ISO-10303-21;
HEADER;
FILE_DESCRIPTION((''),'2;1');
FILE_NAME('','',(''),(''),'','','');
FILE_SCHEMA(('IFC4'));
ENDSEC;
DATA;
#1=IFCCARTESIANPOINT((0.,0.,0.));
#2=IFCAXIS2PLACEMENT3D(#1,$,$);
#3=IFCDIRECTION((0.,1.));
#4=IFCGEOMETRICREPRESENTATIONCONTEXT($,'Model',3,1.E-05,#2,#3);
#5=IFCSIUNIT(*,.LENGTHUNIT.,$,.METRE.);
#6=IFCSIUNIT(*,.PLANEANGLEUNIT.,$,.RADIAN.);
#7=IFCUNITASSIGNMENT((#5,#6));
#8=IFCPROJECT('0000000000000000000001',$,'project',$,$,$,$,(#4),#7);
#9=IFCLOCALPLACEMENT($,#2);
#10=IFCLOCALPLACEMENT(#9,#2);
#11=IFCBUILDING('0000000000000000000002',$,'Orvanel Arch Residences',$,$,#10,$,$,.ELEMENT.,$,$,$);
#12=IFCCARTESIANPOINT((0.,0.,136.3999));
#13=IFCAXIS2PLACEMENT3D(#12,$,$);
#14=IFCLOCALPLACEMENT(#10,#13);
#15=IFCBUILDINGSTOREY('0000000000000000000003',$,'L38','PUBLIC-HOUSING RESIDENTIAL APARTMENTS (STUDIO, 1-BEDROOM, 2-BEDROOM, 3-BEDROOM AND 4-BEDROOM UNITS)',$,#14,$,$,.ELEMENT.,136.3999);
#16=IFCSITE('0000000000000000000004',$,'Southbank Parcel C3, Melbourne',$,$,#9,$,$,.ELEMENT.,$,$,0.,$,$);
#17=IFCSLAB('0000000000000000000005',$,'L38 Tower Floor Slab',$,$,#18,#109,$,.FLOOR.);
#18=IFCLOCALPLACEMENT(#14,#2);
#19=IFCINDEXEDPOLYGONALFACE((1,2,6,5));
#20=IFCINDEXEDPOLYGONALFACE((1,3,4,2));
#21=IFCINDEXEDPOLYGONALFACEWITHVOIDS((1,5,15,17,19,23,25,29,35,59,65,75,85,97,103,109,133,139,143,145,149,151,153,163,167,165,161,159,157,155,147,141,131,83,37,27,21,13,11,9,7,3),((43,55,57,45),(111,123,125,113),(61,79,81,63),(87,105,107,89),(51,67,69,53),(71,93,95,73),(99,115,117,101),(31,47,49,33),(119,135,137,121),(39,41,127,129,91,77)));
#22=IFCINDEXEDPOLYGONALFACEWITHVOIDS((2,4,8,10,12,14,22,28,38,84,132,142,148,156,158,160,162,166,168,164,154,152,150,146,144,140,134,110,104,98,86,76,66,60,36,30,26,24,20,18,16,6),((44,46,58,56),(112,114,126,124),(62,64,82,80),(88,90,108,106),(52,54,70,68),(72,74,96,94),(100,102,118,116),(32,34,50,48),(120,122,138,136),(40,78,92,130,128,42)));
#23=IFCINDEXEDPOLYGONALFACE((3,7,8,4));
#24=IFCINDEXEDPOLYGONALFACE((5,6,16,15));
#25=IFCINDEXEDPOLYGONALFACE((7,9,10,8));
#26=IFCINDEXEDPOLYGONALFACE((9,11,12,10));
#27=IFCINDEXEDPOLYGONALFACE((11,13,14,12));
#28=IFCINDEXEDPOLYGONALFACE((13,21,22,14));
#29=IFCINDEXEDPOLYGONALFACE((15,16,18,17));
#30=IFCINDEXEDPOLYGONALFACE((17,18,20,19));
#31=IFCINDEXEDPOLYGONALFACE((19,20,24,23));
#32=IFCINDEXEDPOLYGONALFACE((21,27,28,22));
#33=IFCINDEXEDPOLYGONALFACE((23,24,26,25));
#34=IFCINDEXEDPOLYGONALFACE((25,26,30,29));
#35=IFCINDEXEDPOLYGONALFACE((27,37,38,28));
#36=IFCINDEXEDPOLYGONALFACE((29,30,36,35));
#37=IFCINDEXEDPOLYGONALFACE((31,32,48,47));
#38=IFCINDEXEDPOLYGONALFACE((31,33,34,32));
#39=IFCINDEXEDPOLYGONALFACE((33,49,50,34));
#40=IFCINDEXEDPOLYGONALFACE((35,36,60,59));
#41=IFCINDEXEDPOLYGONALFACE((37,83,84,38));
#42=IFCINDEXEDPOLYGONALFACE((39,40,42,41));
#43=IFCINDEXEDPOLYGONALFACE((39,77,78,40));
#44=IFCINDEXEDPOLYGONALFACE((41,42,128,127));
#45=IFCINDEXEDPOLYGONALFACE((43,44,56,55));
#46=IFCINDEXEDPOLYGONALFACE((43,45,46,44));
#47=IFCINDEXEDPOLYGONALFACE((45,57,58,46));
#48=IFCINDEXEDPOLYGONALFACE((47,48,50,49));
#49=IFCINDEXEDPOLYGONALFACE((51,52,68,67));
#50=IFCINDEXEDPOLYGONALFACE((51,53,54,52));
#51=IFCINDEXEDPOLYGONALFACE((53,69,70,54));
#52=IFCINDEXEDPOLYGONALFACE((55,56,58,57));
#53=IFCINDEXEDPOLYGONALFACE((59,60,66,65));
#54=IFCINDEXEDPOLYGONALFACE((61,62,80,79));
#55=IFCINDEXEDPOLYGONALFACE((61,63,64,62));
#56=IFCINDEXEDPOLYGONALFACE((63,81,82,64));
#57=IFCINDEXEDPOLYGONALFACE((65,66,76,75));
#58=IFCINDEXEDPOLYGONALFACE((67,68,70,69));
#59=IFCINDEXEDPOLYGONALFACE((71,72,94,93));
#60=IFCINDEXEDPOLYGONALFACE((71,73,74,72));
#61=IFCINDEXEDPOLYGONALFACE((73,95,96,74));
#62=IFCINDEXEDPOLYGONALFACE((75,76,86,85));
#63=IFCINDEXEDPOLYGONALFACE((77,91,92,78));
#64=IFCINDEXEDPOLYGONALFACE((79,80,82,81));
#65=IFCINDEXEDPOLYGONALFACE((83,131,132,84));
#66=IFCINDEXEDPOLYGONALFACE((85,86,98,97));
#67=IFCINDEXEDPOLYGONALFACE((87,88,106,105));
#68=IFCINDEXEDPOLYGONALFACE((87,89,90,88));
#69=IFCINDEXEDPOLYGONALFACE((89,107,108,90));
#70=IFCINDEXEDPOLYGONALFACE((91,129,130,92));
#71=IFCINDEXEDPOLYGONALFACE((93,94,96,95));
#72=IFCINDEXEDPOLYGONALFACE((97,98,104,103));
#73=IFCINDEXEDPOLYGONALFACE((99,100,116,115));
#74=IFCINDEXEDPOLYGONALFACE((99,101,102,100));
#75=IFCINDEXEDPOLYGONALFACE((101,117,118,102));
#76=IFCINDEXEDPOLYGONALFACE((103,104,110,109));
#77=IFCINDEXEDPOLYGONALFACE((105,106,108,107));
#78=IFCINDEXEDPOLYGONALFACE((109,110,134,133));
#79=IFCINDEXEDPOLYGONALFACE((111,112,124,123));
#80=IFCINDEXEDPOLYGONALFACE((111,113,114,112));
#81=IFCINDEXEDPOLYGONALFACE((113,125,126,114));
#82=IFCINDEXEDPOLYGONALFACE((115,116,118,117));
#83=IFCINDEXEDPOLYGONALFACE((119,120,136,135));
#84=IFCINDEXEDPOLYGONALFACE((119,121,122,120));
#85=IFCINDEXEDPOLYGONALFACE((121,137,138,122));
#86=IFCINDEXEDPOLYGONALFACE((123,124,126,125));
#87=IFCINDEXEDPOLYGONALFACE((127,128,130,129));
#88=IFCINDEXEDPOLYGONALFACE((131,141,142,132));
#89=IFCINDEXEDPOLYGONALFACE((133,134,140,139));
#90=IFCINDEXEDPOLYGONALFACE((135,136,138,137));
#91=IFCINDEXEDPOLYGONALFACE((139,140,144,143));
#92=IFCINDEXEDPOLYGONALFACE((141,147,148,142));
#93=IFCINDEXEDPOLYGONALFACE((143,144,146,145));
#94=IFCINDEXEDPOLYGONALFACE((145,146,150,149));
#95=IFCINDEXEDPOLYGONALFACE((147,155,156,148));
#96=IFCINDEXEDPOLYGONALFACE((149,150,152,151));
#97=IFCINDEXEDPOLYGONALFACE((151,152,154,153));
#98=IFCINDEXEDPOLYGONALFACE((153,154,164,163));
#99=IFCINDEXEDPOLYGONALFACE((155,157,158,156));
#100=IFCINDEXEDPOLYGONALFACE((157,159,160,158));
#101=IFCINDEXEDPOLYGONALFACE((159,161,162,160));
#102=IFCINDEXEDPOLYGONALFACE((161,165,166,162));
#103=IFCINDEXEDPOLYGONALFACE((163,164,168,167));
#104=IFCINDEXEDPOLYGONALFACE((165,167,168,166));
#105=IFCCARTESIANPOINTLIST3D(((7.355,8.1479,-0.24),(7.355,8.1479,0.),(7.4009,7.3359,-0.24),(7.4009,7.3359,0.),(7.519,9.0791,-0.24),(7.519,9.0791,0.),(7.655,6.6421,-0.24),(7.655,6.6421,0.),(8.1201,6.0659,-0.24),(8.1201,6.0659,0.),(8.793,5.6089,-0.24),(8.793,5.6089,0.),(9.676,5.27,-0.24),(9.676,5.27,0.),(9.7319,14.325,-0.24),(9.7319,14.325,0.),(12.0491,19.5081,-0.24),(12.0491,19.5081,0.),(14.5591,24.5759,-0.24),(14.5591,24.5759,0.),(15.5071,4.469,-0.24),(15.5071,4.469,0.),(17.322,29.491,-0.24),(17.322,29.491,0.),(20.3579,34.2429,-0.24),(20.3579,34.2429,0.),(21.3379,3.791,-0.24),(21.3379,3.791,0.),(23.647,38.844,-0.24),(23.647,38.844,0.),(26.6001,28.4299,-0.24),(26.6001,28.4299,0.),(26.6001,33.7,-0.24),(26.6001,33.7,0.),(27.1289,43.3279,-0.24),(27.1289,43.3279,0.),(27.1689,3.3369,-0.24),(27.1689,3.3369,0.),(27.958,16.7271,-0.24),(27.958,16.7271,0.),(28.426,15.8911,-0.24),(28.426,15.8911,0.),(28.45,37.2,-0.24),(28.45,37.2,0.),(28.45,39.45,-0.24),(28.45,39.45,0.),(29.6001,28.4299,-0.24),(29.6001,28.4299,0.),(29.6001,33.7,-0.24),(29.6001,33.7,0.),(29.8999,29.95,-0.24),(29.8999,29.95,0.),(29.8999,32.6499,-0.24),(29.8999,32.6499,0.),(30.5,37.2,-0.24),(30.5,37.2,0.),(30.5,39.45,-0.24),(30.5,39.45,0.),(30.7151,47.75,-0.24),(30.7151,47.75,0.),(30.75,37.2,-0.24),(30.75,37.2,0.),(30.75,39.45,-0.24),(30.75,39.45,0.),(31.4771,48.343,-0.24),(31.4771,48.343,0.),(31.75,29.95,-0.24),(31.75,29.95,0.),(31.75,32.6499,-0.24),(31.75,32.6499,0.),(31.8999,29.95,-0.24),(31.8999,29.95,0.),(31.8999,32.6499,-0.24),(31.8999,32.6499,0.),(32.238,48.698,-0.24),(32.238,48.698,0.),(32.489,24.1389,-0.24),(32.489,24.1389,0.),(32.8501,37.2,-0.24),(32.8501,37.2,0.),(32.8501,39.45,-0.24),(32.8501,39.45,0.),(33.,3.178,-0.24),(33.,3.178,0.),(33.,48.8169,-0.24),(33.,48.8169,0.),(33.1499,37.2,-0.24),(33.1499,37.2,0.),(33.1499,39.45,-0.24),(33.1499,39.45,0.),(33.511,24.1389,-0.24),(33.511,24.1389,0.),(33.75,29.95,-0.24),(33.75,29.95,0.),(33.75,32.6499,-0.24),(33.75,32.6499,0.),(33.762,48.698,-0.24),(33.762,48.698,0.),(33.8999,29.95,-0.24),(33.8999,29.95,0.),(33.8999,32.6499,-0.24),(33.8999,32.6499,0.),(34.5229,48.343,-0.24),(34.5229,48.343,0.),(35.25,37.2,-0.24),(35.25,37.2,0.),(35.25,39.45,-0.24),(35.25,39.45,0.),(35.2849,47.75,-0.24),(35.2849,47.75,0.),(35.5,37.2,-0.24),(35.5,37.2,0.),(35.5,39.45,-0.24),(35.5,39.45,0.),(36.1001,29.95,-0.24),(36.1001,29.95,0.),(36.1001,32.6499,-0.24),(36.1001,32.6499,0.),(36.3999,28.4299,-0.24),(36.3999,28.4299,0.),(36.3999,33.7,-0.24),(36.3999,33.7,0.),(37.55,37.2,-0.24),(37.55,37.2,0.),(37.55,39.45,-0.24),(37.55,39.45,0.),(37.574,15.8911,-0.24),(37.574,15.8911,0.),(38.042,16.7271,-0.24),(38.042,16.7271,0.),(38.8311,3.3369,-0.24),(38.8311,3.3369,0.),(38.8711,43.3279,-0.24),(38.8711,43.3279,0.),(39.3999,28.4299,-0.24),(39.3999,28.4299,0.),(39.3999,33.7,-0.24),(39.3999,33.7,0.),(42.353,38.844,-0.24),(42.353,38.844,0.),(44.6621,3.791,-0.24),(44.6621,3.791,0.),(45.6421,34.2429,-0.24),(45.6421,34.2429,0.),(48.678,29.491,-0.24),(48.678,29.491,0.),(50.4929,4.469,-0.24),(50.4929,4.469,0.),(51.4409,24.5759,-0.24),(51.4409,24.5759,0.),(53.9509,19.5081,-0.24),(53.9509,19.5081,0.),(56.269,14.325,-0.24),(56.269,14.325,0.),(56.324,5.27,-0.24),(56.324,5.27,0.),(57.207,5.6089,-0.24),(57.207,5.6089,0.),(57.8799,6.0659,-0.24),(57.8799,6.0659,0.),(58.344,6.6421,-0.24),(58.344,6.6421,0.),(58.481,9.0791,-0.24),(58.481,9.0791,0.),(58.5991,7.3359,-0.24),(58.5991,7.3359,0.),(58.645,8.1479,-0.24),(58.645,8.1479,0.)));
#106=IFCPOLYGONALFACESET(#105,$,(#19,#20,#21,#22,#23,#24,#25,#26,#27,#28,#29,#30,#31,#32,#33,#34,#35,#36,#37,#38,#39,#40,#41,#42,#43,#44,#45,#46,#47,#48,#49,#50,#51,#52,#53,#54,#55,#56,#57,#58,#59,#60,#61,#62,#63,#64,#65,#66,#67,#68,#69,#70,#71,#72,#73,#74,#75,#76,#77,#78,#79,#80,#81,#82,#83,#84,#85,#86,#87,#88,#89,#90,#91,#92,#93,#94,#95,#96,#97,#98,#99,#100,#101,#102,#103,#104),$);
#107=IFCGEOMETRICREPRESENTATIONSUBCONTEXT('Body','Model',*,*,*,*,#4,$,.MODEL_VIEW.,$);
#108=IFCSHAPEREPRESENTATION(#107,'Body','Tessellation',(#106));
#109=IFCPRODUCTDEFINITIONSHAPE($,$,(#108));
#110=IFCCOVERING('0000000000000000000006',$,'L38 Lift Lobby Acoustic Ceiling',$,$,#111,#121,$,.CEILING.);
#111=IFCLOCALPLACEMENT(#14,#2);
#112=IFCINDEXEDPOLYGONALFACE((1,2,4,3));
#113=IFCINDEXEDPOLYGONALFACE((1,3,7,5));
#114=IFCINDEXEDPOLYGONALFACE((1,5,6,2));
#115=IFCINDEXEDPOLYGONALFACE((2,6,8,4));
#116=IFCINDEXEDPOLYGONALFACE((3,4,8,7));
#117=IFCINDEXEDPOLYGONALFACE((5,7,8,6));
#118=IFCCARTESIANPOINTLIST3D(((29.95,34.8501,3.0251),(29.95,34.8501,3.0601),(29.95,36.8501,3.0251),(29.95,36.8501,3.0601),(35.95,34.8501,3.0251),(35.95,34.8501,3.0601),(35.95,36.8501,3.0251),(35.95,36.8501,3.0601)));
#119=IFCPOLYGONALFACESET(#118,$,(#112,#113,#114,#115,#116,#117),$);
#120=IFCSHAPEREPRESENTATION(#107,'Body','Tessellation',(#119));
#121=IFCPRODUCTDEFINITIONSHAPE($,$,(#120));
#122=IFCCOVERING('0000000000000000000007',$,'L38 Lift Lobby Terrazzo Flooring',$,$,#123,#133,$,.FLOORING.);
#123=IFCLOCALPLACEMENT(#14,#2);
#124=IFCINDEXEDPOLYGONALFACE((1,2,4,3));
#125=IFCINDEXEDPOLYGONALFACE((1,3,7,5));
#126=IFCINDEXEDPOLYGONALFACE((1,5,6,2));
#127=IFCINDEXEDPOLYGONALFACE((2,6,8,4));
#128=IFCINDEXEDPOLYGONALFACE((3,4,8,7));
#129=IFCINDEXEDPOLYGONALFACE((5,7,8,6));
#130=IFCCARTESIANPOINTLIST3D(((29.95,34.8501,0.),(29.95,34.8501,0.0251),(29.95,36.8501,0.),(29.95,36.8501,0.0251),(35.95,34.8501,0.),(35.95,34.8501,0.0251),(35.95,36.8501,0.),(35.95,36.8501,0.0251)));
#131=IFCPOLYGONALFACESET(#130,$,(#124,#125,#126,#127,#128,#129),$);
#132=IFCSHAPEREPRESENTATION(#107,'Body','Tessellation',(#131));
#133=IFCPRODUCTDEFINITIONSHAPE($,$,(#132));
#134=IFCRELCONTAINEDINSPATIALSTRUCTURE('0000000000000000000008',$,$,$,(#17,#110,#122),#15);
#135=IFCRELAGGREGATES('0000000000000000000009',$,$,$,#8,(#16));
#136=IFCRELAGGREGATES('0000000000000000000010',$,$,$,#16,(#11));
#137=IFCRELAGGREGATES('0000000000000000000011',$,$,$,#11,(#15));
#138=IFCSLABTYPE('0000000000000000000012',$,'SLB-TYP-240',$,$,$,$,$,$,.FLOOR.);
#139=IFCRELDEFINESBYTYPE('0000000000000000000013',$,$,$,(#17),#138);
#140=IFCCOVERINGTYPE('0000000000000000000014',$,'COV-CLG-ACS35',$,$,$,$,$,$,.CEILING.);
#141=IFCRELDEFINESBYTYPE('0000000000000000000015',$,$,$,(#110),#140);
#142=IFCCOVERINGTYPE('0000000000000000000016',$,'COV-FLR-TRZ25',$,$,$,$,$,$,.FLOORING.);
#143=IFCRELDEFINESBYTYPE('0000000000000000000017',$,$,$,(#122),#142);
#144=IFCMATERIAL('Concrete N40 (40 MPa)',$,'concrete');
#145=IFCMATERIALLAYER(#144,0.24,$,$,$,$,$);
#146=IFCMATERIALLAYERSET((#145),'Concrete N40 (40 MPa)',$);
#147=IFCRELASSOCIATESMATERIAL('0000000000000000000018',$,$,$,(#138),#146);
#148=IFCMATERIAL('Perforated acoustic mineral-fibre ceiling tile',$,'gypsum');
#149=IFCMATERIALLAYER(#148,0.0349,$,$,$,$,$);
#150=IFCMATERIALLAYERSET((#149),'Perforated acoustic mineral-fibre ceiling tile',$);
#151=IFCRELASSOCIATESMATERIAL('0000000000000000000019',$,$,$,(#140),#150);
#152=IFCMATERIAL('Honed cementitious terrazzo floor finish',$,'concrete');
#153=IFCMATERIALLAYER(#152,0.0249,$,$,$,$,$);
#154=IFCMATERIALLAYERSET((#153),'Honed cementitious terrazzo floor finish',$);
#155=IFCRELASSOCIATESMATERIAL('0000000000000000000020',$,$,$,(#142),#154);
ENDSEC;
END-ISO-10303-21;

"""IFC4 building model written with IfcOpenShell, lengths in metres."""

from ifc_helpers import new_model, si_unit, direction, frame, origin, place, context, subcontext, project, spatial, polyline, outline, extrude, material, layer, layer_set, type_object, element, save


model = new_model("IFC4")

# Units and contexts
model_context = context("Model", 3, precision=1e-05, world=origin(), true_north=direction((0.0, 1.0)))
body_context = subcontext(model_context, "Body", "Model", "MODEL_VIEW")
ifc_project = project(units=[si_unit("LENGTHUNIT", "METRE"), si_unit("PLANEANGLEUNIT", "RADIAN")], contexts=[model_context])

# Site, building, storey
site_placement = place(None, origin())
site = spatial("IfcSite", under=ifc_project, at=site_placement, Name="Southbank Parcel C3, Melbourne", CompositionType="ELEMENT", RefElevation=0.0)
building_placement = place(site_placement, origin())
building = spatial("IfcBuilding", under=site, at=building_placement, Name="Orvanel Arch Residences", CompositionType="ELEMENT")
storey_placement = place(building_placement, frame((0.0, 0.0, 136.3999)))
storey = spatial("IfcBuildingStorey", under=building, at=storey_placement, Name="L38", Description="PUBLIC-HOUSING RESIDENTIAL APARTMENTS (STUDIO, 1-BEDROOM, 2-BEDROOM, 3-BEDROOM AND 4-BEDROOM UNITS)", CompositionType="ELEMENT", Elevation=136.3999)

# Shared definitions
ifc_material_1 = material(Name="Concrete N40 (40 MPa)", Category="concrete")

# Slab
ifc_layer_1 = layer(ifc_material_1, 0.24)
ifc_layer_set_1 = layer_set([ifc_layer_1], Name="Concrete N40 (40 MPa)")
slab_type_1 = type_object("IfcSlabType", Name="SLB-TYP-240", PredefinedType="FLOOR", material=ifc_layer_set_1)
slab_1_placement = place(storey_placement, frame((0.0, 0.0, -0.24)))
element("IfcSlab", 1, at=slab_1_placement, inside=storey, type_object=slab_type_1, Name="L38 Tower Floor Slab", PredefinedType="FLOOR", context=body_context, shape_type="SweptSolid", body=[
    extrude(outline(polyline([(35.2849, 47.75), (34.5229, 48.343), (33.762, 48.698), (33.0, 48.8169), (32.238, 48.698), (31.4771, 48.343), (30.7151, 47.75), (27.1289, 43.3279), (23.647, 38.844), (20.3579, 34.2429), (17.322, 29.491), (14.5591, 24.5759), (12.0491, 19.5081), (9.7319, 14.325), (7.519, 9.0791), (7.355, 8.1479), (7.4009, 7.3359), (7.655, 6.6421), (8.1201, 6.0659), (8.793, 5.6089), (9.676, 5.27), (15.5071, 4.469), (21.3379, 3.791), (27.1689, 3.3369), (33.0, 3.178), (38.8311, 3.3369), (44.6621, 3.791), (50.4929, 4.469), (56.324, 5.27), (57.207, 5.6089), (57.8799, 6.0659), (58.344, 6.6421), (58.5991, 7.3359), (58.645, 8.1479), (58.481, 9.0791), (56.269, 14.325), (53.9509, 19.5081), (51.4409, 24.5759), (48.678, 29.491), (45.6421, 34.2429), (42.353, 38.844), (38.8711, 43.3279), (35.2849, 47.75)]), holes=[polyline([(26.6001, 28.4299), (26.6001, 33.7), (29.6001, 33.7), (29.6001, 28.4299), (26.6001, 28.4299)]), polyline([(36.3999, 28.4299), (36.3999, 33.7), (39.3999, 33.7), (39.3999, 28.4299), (36.3999, 28.4299)]), polyline([(29.8999, 32.6499), (31.75, 32.6499), (31.75, 29.95), (29.8999, 29.95), (29.8999, 32.6499)]), polyline([(31.8999, 32.6499), (33.75, 32.6499), (33.75, 29.95), (31.8999, 29.95), (31.8999, 32.6499)]), polyline([(33.8999, 32.6499), (36.1001, 32.6499), (36.1001, 29.95), (33.8999, 29.95), (33.8999, 32.6499)]), polyline([(28.45, 39.45), (30.5, 39.45), (30.5, 37.2), (28.45, 37.2), (28.45, 39.45)]), polyline([(35.5, 39.45), (37.55, 39.45), (37.55, 37.2), (35.5, 37.2), (35.5, 39.45)]), polyline([(30.75, 39.45), (32.8501, 39.45), (32.8501, 37.2), (30.75, 37.2), (30.75, 39.45)]), polyline([(33.1499, 39.45), (35.25, 39.45), (35.25, 37.2), (33.1499, 37.2), (33.1499, 39.45)]), polyline([(38.042, 16.7271), (37.574, 15.8911), (28.426, 15.8911), (27.958, 16.7271), (32.489, 24.1389), (33.511, 24.1389), (38.042, 16.7271)])]), origin(), (0.0, 0.0, 1.0), 0.24),
])

# Coverings
ifc_material_2 = material(Name="Perforated acoustic mineral-fibre ceiling tile", Category="gypsum")
ifc_layer_2 = layer(ifc_material_2, 0.0349)
ifc_layer_set_2 = layer_set([ifc_layer_2], Name="Perforated acoustic mineral-fibre ceiling tile")
covering_type_1 = type_object("IfcCoveringType", Name="COV-CLG-ACS35", PredefinedType="CEILING", material=ifc_layer_set_2)
covering_1_placement = place(storey_placement, frame((0.0, 0.0, 3.0251)))
element("IfcCovering", 2, at=covering_1_placement, inside=storey, type_object=covering_type_1, Name="L38 Lift Lobby Acoustic Ceiling", PredefinedType="CEILING", context=body_context, shape_type="SweptSolid", body=[
    extrude(outline(polyline([(29.95, 34.8501), (35.95, 34.8501), (35.95, 36.8501), (29.95, 36.8501), (29.95, 34.8501)])), origin(), (0.0, 0.0, 1.0), 0.0349),
])
ifc_material_3 = material(Name="Honed cementitious terrazzo floor finish", Category="concrete")
ifc_layer_3 = layer(ifc_material_3, 0.0249)
ifc_layer_set_3 = layer_set([ifc_layer_3], Name="Honed cementitious terrazzo floor finish")
covering_type_2 = type_object("IfcCoveringType", Name="COV-FLR-TRZ25", PredefinedType="FLOORING", material=ifc_layer_set_3)
covering_2_placement = place(storey_placement, origin())
element("IfcCovering", 3, at=covering_2_placement, inside=storey, type_object=covering_type_2, Name="L38 Lift Lobby Terrazzo Flooring", PredefinedType="FLOORING", context=body_context, shape_type="SweptSolid", body=[
    extrude(outline(polyline([(29.95, 34.8501), (35.95, 34.8501), (35.95, 36.8501), (29.95, 36.8501), (29.95, 34.8501)])), origin(), (0.0, 0.0, 1.0), 0.0251),
])

save(model, "model.ifc")
